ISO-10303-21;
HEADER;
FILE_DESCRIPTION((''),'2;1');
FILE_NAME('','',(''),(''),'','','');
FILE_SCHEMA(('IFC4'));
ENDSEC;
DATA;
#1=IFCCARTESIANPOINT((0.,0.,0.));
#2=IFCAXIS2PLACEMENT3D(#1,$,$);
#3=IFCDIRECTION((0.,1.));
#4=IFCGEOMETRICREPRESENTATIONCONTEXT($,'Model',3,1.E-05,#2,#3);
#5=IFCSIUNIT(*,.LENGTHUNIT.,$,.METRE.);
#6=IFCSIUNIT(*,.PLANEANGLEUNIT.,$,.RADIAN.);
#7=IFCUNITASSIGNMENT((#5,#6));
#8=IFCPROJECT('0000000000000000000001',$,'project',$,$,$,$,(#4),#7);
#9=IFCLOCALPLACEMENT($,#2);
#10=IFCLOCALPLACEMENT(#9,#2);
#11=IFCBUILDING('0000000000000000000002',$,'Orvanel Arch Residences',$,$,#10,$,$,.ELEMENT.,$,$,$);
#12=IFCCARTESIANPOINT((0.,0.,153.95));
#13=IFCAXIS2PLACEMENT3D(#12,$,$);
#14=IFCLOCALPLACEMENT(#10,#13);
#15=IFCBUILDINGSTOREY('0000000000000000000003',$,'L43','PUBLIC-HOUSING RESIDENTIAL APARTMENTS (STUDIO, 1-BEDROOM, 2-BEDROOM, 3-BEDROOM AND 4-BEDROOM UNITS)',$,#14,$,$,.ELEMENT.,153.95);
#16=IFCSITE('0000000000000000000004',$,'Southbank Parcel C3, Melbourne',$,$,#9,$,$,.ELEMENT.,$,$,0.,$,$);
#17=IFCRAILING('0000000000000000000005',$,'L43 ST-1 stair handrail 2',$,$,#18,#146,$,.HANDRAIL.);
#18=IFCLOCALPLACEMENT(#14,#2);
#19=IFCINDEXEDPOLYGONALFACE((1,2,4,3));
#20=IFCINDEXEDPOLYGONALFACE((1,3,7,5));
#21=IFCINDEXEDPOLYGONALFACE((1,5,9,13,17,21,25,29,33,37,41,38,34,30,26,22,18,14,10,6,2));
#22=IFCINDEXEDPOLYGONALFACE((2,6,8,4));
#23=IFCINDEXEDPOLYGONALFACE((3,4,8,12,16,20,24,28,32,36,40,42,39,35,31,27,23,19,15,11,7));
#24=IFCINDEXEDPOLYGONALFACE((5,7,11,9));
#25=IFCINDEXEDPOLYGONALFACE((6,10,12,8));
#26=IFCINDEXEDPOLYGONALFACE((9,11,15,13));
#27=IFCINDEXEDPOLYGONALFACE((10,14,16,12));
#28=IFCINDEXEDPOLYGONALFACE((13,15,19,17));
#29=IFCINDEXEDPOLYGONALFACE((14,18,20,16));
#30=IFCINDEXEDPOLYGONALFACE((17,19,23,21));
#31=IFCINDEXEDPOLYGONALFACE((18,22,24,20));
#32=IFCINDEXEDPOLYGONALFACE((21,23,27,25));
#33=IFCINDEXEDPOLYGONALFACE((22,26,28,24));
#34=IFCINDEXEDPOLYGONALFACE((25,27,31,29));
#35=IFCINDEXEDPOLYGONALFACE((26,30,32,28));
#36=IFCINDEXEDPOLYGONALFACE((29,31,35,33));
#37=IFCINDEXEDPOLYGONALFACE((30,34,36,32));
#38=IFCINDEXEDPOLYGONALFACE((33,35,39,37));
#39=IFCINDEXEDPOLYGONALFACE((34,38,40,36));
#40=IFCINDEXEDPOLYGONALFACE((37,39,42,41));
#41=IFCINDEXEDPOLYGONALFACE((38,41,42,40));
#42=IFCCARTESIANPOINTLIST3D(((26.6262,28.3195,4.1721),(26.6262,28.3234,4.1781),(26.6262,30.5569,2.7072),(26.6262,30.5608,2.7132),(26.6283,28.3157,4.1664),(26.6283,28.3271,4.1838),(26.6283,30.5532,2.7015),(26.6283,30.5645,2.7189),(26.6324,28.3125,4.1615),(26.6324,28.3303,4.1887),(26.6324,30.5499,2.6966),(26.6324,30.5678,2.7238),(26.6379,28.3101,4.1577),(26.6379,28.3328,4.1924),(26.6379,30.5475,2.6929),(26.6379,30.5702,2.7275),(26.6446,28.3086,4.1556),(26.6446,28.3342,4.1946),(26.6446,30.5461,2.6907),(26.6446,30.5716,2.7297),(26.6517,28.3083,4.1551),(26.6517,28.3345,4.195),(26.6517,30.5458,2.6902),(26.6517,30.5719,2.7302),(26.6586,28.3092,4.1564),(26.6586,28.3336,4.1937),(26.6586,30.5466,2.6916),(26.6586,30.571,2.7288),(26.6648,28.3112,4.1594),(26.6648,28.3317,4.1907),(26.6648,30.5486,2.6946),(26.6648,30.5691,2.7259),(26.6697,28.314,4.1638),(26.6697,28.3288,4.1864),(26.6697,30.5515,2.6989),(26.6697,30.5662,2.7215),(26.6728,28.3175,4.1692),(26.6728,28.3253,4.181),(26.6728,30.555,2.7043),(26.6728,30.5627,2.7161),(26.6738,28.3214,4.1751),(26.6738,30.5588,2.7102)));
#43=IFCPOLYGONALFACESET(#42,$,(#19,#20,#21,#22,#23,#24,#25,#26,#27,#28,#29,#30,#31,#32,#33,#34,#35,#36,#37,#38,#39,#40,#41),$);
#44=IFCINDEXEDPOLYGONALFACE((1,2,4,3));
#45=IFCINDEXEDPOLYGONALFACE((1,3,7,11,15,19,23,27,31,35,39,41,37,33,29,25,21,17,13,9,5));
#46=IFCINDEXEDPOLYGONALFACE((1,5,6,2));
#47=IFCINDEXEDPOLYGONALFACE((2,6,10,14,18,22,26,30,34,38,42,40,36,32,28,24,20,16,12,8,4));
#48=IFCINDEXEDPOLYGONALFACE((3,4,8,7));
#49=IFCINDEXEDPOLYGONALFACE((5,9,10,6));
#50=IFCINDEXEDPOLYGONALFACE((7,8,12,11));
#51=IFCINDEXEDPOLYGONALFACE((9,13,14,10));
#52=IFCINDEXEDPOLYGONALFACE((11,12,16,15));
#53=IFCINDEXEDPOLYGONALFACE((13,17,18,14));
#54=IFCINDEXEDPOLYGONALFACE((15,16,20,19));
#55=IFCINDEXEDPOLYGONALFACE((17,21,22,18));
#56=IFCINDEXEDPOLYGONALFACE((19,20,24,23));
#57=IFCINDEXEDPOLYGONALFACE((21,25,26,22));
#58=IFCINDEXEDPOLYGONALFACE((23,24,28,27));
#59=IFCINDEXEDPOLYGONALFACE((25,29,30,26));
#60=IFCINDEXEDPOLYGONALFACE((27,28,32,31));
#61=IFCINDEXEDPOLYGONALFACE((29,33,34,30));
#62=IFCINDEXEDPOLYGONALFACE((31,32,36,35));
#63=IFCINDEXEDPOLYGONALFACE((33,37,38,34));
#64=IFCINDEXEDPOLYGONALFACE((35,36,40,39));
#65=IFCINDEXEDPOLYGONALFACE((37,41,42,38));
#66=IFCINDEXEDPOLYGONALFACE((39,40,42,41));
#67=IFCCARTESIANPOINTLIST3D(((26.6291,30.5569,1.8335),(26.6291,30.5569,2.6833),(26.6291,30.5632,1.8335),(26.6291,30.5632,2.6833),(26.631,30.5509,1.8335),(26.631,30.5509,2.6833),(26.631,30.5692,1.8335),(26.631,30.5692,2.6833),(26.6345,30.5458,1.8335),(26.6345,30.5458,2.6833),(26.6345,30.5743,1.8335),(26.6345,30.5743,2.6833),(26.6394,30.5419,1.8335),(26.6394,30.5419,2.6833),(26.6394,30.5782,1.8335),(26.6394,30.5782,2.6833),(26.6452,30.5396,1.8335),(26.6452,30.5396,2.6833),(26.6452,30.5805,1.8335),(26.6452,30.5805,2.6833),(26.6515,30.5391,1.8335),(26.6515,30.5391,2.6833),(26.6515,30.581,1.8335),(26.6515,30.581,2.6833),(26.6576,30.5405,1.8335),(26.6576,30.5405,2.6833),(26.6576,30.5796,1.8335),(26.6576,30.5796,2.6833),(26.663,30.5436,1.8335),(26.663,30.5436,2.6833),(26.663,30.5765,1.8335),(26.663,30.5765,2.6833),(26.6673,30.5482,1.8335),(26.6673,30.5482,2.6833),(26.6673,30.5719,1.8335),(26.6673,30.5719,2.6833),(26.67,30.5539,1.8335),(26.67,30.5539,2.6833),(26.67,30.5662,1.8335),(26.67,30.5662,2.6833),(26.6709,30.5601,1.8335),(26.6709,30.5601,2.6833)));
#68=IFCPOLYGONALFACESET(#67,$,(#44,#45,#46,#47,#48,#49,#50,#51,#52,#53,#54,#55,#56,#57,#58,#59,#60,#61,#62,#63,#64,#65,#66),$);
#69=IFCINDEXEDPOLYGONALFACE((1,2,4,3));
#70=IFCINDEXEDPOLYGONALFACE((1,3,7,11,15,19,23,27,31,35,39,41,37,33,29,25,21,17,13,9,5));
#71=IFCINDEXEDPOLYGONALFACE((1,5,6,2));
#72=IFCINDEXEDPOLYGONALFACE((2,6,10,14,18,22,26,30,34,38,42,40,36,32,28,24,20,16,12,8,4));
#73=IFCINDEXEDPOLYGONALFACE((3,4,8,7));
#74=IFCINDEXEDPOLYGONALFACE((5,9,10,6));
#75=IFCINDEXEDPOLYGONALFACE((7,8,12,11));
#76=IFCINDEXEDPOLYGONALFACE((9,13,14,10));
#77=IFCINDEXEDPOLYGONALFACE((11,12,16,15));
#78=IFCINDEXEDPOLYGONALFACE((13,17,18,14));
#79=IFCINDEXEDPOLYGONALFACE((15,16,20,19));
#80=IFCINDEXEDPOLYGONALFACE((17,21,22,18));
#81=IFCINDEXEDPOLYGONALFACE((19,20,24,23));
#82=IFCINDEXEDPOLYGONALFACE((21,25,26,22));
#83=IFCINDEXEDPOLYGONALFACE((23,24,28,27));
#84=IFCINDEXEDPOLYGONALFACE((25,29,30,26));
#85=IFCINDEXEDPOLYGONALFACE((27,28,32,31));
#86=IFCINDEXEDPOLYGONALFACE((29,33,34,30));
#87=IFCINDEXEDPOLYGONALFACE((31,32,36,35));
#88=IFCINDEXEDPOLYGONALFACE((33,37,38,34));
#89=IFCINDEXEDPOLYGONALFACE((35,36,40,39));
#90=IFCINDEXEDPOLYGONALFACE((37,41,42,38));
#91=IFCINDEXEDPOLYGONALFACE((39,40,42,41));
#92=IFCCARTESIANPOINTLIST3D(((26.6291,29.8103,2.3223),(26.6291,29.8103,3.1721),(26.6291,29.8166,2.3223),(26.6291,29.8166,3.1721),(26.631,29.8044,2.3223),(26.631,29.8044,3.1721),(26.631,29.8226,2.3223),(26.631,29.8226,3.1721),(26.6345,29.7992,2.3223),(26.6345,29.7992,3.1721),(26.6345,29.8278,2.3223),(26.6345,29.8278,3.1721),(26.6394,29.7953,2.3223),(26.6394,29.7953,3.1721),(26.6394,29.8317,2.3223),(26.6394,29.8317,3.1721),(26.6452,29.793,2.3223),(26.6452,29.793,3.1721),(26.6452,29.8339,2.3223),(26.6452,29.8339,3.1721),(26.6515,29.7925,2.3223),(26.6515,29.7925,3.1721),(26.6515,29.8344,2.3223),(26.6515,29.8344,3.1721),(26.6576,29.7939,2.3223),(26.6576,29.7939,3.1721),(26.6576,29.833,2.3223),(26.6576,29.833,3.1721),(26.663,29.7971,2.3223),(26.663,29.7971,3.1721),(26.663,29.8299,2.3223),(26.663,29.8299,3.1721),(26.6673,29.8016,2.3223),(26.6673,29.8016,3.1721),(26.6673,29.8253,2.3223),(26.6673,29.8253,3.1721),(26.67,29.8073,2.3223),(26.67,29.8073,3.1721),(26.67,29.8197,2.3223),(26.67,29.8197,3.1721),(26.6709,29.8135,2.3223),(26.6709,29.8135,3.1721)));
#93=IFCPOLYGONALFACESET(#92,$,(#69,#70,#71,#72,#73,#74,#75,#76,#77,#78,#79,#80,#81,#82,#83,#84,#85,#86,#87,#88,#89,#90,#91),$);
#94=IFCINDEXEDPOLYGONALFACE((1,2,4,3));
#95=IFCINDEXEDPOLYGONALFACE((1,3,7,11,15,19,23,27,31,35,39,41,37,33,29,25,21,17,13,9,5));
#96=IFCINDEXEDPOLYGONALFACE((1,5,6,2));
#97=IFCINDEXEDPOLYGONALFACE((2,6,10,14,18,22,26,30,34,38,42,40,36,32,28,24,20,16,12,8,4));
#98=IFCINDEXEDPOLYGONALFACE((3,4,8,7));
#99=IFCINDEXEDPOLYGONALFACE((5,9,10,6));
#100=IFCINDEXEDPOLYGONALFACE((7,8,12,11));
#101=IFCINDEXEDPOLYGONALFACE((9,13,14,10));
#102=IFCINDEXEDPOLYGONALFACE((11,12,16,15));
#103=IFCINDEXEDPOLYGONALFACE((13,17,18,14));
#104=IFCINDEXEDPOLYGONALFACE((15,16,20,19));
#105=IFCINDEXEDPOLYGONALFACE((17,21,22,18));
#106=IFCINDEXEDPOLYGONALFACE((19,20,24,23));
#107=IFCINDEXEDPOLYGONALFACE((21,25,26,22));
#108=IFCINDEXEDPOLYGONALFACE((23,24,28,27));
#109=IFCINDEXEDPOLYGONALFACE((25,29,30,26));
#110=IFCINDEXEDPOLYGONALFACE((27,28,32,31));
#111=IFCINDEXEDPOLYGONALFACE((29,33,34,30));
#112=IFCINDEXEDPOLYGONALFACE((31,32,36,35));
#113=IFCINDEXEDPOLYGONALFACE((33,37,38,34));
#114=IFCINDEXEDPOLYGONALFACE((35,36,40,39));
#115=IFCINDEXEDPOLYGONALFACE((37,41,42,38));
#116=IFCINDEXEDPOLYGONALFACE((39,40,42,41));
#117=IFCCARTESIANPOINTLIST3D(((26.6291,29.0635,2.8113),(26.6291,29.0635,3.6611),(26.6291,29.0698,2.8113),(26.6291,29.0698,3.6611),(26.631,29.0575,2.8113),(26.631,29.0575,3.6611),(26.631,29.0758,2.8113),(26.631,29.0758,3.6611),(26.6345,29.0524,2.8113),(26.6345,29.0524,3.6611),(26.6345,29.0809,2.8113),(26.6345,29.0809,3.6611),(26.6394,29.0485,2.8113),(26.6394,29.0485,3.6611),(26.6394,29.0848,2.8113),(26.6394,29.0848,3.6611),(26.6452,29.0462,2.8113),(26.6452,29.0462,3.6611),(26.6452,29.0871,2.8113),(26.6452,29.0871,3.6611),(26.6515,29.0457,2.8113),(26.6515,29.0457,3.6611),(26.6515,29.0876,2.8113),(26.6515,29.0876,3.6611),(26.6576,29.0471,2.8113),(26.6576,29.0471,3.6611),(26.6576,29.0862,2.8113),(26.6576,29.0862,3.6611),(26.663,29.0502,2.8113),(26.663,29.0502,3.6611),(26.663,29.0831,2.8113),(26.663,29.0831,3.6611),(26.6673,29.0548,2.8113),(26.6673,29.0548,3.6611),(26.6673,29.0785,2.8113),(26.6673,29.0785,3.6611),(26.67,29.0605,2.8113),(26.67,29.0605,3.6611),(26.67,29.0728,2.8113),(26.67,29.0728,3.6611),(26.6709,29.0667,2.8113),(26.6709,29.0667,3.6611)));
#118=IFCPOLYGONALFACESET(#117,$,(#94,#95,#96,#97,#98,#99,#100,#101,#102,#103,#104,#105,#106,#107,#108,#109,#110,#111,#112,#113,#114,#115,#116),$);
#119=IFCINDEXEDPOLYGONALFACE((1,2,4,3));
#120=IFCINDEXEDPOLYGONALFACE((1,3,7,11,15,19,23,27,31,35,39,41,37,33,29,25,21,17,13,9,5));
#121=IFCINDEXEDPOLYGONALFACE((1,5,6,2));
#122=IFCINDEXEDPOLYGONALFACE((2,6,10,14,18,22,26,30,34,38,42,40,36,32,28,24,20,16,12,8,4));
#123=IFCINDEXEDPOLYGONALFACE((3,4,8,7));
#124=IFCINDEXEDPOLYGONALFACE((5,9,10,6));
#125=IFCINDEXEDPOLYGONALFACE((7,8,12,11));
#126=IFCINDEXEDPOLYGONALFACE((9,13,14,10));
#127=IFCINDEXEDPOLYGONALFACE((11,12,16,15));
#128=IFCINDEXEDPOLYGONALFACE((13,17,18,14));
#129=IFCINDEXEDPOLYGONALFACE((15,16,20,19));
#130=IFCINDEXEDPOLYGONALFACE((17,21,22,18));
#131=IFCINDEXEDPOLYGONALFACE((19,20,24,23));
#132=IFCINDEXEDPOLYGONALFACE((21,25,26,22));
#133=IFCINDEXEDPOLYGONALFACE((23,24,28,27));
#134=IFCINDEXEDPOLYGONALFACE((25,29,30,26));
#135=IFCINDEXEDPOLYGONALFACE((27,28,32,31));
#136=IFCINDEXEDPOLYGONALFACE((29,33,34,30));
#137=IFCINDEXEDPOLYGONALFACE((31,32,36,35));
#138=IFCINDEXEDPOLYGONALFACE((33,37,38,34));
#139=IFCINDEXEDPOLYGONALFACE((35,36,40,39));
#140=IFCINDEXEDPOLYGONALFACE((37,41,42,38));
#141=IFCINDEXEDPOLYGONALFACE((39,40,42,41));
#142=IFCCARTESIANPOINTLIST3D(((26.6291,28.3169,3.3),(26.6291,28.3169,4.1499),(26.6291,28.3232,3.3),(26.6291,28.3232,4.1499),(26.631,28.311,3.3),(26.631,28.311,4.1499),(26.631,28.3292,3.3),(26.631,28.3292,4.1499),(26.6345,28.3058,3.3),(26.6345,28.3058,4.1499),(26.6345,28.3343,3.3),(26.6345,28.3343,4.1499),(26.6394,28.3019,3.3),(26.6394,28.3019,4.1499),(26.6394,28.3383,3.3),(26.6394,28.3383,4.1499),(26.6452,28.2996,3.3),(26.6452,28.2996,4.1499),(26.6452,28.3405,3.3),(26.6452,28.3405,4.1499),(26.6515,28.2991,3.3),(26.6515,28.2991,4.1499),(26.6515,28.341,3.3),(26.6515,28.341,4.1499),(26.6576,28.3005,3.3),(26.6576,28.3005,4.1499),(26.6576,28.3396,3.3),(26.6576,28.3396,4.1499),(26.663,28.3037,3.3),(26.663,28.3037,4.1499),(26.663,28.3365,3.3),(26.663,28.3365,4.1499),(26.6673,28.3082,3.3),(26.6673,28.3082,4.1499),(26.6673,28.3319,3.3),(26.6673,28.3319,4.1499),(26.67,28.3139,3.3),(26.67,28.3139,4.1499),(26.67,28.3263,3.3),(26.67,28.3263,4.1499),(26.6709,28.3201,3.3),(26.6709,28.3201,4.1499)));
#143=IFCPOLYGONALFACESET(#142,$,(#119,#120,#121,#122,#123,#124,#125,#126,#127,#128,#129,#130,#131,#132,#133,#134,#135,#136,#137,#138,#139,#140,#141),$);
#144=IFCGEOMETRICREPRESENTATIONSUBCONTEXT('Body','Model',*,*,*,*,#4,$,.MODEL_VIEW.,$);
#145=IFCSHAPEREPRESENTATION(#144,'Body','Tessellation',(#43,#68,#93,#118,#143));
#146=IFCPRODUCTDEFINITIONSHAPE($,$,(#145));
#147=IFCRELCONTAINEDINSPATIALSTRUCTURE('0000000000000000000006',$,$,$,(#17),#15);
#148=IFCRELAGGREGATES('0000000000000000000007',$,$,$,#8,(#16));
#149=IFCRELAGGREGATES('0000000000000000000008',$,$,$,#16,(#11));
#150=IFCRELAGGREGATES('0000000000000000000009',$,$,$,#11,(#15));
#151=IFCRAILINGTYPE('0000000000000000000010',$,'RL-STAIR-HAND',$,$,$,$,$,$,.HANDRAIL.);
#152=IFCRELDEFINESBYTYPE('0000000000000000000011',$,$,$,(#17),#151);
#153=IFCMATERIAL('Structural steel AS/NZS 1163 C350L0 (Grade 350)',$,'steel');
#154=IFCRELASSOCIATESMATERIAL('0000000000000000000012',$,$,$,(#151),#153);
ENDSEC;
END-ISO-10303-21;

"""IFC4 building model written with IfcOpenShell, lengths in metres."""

from ifc_helpers import new_model, si_unit, direction, frame, origin, origin_2d, place, context, subcontext, project, spatial, circle, extrude, material, type_object, element, save


model = new_model("IFC4")

# Units and contexts
model_context = context("Model", 3, precision=1e-05, world=origin(), true_north=direction((0.0, 1.0)))
body_context = subcontext(model_context, "Body", "Model", "MODEL_VIEW")
ifc_project = project(units=[si_unit("LENGTHUNIT", "METRE"), si_unit("PLANEANGLEUNIT", "RADIAN")], contexts=[model_context])

# Site, building, storey
site_placement = place(None, origin())
site = spatial("IfcSite", under=ifc_project, at=site_placement, Name="Southbank Parcel C3, Melbourne", CompositionType="ELEMENT", RefElevation=0.0)
building_placement = place(site_placement, origin())
building = spatial("IfcBuilding", under=site, at=building_placement, Name="Orvanel Arch Residences", CompositionType="ELEMENT")
storey_placement = place(building_placement, frame((0.0, 0.0, 153.95)))
storey = spatial("IfcBuildingStorey", under=building, at=storey_placement, Name="L43", Description="PUBLIC-HOUSING RESIDENTIAL APARTMENTS (STUDIO, 1-BEDROOM, 2-BEDROOM, 3-BEDROOM AND 4-BEDROOM UNITS)", CompositionType="ELEMENT", Elevation=153.95)

# Railing
ifc_material_1 = material(Name="Structural steel AS/NZS 1163 C350L0 (Grade 350)", Category="steel")
railing_type_1 = type_object("IfcRailingType", Name="RL-STAIR-HAND", PredefinedType="HANDRAIL", material=ifc_material_1)
railing_1_placement = place(storey_placement, frame((26.6499, 30.5601, 1.8335)))
element("IfcRailing", 1, at=railing_1_placement, inside=storey, type_object=railing_type_1, Name="L43 ST-1 stair handrail 2", PredefinedType="HANDRAIL", context=body_context, shape_type="SweptSolid", body=[
    extrude(circle(Radius=0.0239, at=origin_2d()), frame((0.0, -0.0012, 0.8767), z_axis=(0.0, -0.836637, 0.547758), x_axis=(1.0, 0.0, 0.0)), (0.0, 0.0, 1.0), 2.6743),
    extrude(circle(Radius=0.021, at=origin_2d()), origin(), (0.0, 0.0, 1.0), 0.8499),
    extrude(circle(Radius=0.021, at=origin_2d()), frame((0.0, -0.7466, 0.4888)), (0.0, 0.0, 1.0), 0.8499),
    extrude(circle(Radius=0.021, at=origin_2d()), frame((0.0, -1.4934, 0.9778)), (0.0, 0.0, 1.0), 0.8499),
    extrude(circle(Radius=0.021, at=origin_2d()), frame((0.0, -2.24, 1.4666)), (0.0, 0.0, 1.0), 0.8499),
])

save(model, "model.ifc")
